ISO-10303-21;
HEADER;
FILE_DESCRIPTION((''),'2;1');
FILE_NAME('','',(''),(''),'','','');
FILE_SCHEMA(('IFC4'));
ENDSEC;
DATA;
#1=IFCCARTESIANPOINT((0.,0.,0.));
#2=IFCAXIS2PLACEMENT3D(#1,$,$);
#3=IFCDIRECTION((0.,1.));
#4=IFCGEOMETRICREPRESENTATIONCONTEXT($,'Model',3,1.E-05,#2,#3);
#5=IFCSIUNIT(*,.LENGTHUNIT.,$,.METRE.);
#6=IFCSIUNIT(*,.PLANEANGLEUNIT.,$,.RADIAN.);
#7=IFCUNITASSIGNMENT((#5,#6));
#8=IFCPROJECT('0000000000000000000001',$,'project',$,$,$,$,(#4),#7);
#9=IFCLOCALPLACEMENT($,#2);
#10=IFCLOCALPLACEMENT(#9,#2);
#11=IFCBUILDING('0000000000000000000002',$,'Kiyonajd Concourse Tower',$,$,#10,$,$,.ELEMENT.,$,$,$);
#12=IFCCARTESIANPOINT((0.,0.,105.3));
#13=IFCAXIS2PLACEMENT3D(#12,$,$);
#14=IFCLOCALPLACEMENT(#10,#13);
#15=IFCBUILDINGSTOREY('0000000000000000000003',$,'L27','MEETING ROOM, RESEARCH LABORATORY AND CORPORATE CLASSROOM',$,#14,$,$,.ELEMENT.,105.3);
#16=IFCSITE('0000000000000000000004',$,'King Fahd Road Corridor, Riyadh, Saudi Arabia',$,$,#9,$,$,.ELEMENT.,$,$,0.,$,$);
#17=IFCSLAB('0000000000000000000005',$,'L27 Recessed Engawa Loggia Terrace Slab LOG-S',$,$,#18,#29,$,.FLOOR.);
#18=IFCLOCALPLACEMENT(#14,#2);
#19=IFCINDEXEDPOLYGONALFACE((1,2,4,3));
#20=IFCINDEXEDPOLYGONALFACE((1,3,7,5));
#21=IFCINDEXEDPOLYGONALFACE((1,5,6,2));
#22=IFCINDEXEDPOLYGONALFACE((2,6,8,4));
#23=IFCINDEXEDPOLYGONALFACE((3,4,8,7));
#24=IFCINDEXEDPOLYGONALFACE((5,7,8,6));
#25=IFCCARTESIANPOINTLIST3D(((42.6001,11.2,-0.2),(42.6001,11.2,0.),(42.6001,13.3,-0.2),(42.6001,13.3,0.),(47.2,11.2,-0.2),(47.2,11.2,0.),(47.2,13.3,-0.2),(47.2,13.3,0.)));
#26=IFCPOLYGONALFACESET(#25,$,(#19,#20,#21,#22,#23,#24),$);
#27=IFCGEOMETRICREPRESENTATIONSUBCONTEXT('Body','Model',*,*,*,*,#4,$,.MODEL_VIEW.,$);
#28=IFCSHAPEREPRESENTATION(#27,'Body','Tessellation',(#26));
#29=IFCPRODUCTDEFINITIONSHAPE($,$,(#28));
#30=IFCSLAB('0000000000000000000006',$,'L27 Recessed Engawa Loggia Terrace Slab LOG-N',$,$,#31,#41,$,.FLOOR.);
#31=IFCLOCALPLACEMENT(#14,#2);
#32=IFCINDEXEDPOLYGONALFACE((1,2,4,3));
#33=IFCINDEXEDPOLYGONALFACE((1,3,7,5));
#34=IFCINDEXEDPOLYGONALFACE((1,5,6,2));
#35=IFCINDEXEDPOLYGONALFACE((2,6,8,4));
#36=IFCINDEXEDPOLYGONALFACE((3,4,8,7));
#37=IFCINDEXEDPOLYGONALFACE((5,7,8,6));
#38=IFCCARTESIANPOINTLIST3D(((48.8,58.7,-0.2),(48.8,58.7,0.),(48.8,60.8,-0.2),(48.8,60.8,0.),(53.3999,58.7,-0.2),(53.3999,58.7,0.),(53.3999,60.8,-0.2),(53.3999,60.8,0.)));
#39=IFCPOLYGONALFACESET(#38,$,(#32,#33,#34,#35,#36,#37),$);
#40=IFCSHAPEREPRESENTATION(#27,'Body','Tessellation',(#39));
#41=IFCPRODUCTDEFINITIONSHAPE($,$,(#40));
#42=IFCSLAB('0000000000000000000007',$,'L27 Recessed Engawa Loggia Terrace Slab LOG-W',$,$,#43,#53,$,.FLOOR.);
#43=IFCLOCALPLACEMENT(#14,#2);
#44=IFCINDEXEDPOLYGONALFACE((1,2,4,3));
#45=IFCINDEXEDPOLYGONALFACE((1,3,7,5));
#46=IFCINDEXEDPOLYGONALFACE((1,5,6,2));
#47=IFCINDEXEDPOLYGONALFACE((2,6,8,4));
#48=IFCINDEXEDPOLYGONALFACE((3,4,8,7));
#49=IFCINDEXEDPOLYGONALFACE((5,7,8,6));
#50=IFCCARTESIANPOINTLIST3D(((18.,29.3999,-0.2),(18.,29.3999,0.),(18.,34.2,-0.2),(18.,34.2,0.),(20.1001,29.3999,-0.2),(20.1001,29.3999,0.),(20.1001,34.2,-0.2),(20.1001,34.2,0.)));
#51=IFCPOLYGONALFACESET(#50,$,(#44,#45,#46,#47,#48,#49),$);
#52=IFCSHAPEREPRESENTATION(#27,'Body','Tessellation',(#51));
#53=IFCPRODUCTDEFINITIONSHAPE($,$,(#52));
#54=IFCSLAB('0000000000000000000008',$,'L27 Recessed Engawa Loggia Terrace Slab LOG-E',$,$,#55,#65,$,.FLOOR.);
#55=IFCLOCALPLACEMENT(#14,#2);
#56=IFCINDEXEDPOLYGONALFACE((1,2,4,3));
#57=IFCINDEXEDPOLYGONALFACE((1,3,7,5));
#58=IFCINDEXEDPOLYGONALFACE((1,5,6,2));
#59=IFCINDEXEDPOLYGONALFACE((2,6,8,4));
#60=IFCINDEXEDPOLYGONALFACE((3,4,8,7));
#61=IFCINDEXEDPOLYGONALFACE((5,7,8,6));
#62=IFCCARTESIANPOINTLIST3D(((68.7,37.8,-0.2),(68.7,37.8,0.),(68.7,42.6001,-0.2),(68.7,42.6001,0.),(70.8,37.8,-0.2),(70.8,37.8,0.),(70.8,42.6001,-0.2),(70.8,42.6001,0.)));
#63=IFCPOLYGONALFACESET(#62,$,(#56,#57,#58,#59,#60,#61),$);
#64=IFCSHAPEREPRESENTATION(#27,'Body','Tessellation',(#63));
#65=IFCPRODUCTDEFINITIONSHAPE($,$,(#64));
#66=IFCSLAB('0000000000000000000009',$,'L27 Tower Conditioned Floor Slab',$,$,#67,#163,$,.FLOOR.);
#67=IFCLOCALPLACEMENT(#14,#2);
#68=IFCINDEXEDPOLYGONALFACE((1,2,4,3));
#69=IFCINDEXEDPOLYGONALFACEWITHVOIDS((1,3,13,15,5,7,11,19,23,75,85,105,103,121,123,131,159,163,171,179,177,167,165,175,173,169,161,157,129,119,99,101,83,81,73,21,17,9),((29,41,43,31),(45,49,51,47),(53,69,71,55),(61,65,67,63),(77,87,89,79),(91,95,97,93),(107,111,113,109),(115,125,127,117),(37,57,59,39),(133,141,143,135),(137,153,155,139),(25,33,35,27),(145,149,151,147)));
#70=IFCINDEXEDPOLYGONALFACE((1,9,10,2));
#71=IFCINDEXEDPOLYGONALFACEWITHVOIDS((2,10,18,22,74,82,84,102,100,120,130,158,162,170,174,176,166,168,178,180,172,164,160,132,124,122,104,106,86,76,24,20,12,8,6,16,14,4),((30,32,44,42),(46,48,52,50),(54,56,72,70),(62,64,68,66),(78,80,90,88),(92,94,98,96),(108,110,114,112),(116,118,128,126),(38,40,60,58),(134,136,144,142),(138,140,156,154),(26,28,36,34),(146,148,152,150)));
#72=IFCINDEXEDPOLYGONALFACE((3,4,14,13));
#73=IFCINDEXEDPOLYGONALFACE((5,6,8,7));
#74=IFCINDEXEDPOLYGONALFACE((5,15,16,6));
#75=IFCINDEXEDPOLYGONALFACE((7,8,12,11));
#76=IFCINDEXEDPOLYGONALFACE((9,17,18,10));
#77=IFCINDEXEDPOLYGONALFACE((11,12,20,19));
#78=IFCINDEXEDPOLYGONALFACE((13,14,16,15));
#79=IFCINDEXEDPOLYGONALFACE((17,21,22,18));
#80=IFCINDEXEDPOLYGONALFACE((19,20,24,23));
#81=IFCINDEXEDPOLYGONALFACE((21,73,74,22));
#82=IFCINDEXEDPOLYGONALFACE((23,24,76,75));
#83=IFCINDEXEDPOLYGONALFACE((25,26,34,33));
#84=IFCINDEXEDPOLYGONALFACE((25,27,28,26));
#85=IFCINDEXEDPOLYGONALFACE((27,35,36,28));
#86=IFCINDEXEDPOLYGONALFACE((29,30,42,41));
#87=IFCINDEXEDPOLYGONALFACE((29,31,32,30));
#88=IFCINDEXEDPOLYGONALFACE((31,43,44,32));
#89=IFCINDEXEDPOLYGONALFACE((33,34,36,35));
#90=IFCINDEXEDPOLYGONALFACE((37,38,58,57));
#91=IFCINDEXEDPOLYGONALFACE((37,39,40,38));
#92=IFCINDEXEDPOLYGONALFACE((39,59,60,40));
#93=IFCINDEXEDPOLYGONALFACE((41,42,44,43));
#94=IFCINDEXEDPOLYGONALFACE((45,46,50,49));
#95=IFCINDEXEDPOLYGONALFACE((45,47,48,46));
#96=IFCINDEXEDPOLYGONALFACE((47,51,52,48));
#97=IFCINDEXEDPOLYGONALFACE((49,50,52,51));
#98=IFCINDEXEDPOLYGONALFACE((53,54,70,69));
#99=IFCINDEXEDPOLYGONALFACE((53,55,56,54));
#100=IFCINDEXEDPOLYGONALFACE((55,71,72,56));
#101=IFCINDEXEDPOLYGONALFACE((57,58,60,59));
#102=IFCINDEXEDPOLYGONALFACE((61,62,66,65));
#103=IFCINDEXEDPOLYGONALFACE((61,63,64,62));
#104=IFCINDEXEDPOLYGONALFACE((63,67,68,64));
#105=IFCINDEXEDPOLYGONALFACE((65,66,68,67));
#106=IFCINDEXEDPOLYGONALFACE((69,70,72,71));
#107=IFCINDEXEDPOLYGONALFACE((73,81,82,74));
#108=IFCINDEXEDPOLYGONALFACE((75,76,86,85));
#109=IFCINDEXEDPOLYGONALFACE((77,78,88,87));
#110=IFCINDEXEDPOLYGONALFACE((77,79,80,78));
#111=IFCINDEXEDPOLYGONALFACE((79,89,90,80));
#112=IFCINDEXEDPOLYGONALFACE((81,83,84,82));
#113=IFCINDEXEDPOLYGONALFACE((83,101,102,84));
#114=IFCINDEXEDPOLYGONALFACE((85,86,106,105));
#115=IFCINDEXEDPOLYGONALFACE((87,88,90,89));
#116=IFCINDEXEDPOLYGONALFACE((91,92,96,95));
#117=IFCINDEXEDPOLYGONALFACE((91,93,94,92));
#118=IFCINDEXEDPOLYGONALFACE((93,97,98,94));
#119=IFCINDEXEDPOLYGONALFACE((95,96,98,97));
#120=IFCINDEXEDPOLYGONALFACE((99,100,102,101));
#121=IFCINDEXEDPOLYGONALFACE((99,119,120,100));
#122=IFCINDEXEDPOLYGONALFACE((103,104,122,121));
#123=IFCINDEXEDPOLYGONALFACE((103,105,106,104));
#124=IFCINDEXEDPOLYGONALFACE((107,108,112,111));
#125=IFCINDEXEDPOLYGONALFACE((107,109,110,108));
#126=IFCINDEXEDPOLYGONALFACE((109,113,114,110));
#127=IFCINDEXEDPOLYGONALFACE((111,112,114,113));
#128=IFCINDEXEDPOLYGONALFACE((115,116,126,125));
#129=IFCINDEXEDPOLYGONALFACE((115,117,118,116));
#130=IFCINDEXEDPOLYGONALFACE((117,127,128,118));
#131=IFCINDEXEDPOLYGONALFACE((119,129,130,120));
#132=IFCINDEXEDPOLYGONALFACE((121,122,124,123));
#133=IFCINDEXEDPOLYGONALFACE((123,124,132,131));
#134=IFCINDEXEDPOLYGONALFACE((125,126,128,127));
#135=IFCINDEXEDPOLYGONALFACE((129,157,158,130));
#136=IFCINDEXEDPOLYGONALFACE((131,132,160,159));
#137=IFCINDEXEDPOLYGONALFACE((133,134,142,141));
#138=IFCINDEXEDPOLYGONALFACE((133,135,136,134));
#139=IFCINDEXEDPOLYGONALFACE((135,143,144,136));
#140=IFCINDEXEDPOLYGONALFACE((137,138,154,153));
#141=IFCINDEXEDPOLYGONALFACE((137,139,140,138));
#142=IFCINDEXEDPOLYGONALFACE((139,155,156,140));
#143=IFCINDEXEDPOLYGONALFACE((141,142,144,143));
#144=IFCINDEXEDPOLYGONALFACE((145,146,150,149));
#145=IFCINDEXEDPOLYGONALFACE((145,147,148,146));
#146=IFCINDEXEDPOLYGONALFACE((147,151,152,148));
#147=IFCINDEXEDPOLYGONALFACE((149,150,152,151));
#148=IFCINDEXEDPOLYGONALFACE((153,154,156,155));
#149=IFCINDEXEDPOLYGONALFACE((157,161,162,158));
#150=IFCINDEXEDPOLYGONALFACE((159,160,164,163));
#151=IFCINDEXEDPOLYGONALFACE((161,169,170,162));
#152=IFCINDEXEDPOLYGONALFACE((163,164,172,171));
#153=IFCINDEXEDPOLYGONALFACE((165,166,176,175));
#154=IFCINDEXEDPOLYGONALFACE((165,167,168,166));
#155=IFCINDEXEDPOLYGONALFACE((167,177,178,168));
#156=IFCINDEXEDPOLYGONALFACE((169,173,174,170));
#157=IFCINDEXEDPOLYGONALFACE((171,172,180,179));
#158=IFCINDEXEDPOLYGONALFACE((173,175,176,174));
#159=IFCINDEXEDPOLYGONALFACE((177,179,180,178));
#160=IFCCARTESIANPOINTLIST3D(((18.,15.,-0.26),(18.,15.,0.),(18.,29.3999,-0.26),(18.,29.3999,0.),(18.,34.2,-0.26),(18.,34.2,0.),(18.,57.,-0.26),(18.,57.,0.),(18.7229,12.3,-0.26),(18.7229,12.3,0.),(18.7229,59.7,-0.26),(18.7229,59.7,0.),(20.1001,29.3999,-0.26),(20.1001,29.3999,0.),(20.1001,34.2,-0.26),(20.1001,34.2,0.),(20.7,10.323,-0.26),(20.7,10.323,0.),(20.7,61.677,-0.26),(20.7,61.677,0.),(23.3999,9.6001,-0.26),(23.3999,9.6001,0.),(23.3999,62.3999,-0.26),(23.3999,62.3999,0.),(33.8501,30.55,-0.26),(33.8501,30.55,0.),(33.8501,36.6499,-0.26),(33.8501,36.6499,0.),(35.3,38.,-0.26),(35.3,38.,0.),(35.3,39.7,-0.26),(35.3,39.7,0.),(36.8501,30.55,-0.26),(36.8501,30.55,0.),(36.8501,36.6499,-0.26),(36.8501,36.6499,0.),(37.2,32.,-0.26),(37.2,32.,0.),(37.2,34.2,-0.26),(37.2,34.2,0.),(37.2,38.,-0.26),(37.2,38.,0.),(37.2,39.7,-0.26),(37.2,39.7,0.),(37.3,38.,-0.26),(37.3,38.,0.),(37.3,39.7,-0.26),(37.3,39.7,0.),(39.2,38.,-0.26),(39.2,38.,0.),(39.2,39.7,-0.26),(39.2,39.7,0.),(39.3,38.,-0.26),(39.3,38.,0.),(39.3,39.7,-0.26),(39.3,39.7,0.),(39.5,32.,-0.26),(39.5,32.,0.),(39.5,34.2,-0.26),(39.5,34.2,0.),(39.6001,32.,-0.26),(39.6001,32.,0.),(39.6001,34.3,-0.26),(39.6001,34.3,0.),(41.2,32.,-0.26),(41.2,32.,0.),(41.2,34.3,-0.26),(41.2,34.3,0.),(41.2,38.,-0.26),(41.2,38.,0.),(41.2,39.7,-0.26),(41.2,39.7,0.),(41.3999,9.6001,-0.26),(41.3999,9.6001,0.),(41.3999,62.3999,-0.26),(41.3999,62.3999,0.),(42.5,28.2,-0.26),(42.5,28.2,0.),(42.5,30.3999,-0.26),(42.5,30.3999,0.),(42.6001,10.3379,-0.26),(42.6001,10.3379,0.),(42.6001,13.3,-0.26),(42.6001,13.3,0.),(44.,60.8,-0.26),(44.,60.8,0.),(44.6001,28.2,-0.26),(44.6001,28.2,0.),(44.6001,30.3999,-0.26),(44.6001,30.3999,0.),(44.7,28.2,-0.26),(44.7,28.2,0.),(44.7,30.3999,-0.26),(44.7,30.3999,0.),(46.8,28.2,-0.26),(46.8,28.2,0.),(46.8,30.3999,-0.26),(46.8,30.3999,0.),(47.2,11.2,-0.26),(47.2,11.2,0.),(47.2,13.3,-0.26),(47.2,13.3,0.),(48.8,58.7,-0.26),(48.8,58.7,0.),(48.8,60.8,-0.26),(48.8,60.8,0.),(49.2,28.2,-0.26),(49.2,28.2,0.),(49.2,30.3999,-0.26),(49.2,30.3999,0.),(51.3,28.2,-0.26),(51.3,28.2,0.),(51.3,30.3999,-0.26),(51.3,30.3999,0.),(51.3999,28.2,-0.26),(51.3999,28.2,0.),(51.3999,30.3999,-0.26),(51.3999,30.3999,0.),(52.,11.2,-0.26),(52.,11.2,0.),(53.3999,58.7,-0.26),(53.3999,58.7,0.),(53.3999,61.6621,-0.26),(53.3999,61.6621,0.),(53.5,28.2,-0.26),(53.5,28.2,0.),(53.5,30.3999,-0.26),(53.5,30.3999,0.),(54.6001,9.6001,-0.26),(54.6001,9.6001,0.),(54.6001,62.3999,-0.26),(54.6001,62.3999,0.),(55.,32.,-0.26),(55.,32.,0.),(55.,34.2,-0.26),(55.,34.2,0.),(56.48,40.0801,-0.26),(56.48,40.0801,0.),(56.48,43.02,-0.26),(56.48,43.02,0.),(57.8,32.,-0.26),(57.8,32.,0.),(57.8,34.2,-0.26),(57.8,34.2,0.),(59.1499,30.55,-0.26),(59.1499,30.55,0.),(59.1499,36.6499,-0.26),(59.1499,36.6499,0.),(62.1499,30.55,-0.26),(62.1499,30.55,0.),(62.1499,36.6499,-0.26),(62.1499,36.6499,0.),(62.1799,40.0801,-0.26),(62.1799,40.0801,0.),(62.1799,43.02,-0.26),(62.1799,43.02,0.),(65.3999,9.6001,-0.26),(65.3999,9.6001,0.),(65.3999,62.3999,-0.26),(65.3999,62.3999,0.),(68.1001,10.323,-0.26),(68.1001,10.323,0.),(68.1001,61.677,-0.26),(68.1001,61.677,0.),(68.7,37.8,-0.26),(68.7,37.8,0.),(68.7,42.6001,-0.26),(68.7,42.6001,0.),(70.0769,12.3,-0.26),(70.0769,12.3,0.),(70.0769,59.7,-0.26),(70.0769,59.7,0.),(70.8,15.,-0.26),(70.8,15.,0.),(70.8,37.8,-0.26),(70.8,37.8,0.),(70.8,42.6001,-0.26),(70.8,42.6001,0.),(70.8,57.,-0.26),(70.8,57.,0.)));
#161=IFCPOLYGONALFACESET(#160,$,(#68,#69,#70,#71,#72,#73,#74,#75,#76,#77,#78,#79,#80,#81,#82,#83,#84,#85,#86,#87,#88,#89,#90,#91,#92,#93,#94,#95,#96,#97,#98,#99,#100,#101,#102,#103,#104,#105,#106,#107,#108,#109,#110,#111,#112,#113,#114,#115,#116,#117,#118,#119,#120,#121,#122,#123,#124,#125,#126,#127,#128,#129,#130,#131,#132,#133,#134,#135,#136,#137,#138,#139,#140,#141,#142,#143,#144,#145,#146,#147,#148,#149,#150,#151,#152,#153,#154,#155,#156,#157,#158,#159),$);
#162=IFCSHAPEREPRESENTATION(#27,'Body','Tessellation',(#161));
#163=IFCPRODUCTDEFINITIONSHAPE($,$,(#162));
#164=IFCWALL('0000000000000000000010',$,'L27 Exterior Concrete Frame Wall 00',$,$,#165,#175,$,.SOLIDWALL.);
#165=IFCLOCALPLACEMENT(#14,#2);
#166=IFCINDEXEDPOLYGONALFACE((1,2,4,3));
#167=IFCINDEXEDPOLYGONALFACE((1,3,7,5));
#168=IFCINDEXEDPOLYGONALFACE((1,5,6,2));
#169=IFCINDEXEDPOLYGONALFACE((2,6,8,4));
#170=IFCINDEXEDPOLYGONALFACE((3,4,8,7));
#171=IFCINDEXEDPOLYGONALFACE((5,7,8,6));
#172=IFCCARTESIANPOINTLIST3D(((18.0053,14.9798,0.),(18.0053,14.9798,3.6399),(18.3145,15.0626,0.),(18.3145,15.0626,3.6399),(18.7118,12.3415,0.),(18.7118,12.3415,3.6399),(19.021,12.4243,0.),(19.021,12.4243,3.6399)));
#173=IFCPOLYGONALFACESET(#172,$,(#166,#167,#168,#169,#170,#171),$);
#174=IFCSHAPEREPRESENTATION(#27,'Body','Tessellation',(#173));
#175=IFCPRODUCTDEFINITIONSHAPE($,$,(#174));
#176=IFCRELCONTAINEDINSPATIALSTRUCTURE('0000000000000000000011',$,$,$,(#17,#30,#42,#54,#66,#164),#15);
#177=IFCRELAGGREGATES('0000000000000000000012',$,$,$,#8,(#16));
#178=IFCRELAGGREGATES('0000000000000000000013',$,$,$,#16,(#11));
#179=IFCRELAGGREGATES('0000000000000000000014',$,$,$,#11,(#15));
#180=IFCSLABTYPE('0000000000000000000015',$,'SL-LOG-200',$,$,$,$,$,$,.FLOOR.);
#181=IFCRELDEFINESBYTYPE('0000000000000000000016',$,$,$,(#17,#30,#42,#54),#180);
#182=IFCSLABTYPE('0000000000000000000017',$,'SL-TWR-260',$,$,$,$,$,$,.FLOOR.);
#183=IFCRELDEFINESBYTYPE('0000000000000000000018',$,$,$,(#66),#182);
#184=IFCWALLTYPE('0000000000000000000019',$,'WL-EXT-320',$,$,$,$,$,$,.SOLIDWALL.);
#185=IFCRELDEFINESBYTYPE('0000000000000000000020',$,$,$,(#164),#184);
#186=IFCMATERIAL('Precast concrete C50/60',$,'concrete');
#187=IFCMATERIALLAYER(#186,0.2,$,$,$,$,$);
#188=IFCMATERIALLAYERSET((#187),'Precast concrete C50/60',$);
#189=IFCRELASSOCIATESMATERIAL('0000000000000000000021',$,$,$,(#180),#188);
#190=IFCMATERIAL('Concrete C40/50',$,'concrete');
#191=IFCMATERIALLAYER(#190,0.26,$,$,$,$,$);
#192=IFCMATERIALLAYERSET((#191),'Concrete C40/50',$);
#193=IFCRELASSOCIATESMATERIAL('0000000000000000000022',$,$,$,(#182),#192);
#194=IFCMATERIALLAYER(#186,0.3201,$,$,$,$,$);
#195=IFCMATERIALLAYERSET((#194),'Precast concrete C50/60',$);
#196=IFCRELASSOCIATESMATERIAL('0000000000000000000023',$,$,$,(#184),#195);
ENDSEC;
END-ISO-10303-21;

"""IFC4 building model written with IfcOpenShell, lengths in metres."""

from ifc_helpers import new_model, si_unit, direction, frame, frame_2d, origin, place, context, subcontext, project, spatial, polyline, rectangle, outline, extrude, material, layer, layer_set, type_object, element, save


model = new_model("IFC4")

# Units and contexts
model_context = context("Model", 3, precision=1e-05, world=origin(), true_north=direction((0.0, 1.0)))
body_context = subcontext(model_context, "Body", "Model", "MODEL_VIEW")
ifc_project = project(units=[si_unit("LENGTHUNIT", "METRE"), si_unit("PLANEANGLEUNIT", "RADIAN")], contexts=[model_context])

# Site, building, storey
site_placement = place(None, origin())
site = spatial("IfcSite", under=ifc_project, at=site_placement, Name="King Fahd Road Corridor, Riyadh, Saudi Arabia", CompositionType="ELEMENT", RefElevation=0.0)
building_placement = place(site_placement, origin())
building = spatial("IfcBuilding", under=site, at=building_placement, Name="Kiyonajd Concourse Tower", CompositionType="ELEMENT")
storey_placement = place(building_placement, frame((0.0, 0.0, 105.3)))
storey = spatial("IfcBuildingStorey", under=building, at=storey_placement, Name="L27", Description="MEETING ROOM, RESEARCH LABORATORY AND CORPORATE CLASSROOM", CompositionType="ELEMENT", Elevation=105.3)

# Shared definitions
ifc_material_1 = material(Name="Precast concrete C50/60", Category="concrete")

# Shared definitions
ifc_material_2 = material(Name="Concrete C40/50", Category="concrete")

# Slabs
ifc_layer_1 = layer(ifc_material_1, 0.2)
ifc_layer_set_1 = layer_set([ifc_layer_1], Name="Precast concrete C50/60")
slab_type_1 = type_object("IfcSlabType", Name="SL-LOG-200", PredefinedType="FLOOR", material=ifc_layer_set_1)
slab_1_placement = place(storey_placement, frame((0.0, 0.0, -0.2)))
element("IfcSlab", 1, at=slab_1_placement, inside=storey, type_object=slab_type_1, Name="L27 Recessed Engawa Loggia Terrace Slab LOG-S", PredefinedType="FLOOR", context=body_context, shape_type="SweptSolid", body=[
    extrude(outline(polyline([(42.6001, 11.2), (47.2, 11.2), (47.2, 13.3), (42.6001, 13.3), (42.6001, 11.2)])), origin(), (0.0, 0.0, 1.0), 0.2),
])
slab_2_placement = place(storey_placement, frame((0.0, 0.0, -0.2)))
element("IfcSlab", 2, at=slab_2_placement, inside=storey, type_object=slab_type_1, Name="L27 Recessed Engawa Loggia Terrace Slab LOG-N", PredefinedType="FLOOR", context=body_context, shape_type="SweptSolid", body=[
    extrude(outline(polyline([(48.8, 58.7), (53.3999, 58.7), (53.3999, 60.8), (48.8, 60.8), (48.8, 58.7)])), origin(), (0.0, 0.0, 1.0), 0.2),
])
slab_3_placement = place(storey_placement, frame((0.0, 0.0, -0.2)))
element("IfcSlab", 3, at=slab_3_placement, inside=storey, type_object=slab_type_1, Name="L27 Recessed Engawa Loggia Terrace Slab LOG-W", PredefinedType="FLOOR", context=body_context, shape_type="SweptSolid", body=[
    extrude(outline(polyline([(18.0, 29.3999), (20.1001, 29.3999), (20.1001, 34.2), (18.0, 34.2), (18.0, 29.3999)])), origin(), (0.0, 0.0, 1.0), 0.2),
])
slab_4_placement = place(storey_placement, frame((0.0, 0.0, -0.2)))
element("IfcSlab", 4, at=slab_4_placement, inside=storey, type_object=slab_type_1, Name="L27 Recessed Engawa Loggia Terrace Slab LOG-E", PredefinedType="FLOOR", context=body_context, shape_type="SweptSolid", body=[
    extrude(outline(polyline([(68.7, 37.8), (70.8, 37.8), (70.8, 42.6001), (68.7, 42.6001), (68.7, 37.8)])), origin(), (0.0, 0.0, 1.0), 0.2),
])
ifc_layer_2 = layer(ifc_material_2, 0.26)
ifc_layer_set_2 = layer_set([ifc_layer_2], Name="Concrete C40/50")
slab_type_2 = type_object("IfcSlabType", Name="SL-TWR-260", PredefinedType="FLOOR", material=ifc_layer_set_2)
slab_5_placement = place(storey_placement, frame((0.0, 0.0, -0.26)))
element("IfcSlab", 5, at=slab_5_placement, inside=storey, type_object=slab_type_2, Name="L27 Tower Conditioned Floor Slab", PredefinedType="FLOOR", context=body_context, shape_type="SweptSolid", body=[
    extrude(outline(polyline([(18.7229, 12.3), (18.0, 15.0), (18.0, 29.3999), (20.1001, 29.3999), (20.1001, 34.2), (18.0, 34.2), (18.0, 57.0), (18.7229, 59.7), (20.7, 61.677), (23.3999, 62.3999), (41.3999, 62.3999), (44.0, 60.8), (48.8, 60.8), (48.8, 58.7), (53.3999, 58.7), (53.3999, 61.6621), (54.6001, 62.3999), (65.3999, 62.3999), (68.1001, 61.677), (70.0769, 59.7), (70.8, 57.0), (70.8, 42.6001), (68.7, 42.6001), (68.7, 37.8), (70.8, 37.8), (70.8, 15.0), (70.0769, 12.3), (68.1001, 10.323), (65.3999, 9.6001), (54.6001, 9.6001), (52.0, 11.2), (47.2, 11.2), (47.2, 13.3), (42.6001, 13.3), (42.6001, 10.3379), (41.3999, 9.6001), (23.3999, 9.6001), (20.7, 10.323), (18.7229, 12.3)]), holes=[polyline([(44.6001, 28.2), (42.5, 28.2), (42.5, 30.3999), (44.6001, 30.3999), (44.6001, 28.2)]), polyline([(37.2, 32.0), (37.2, 34.2), (39.5, 34.2), (39.5, 32.0), (37.2, 32.0)]), polyline([(39.6001, 32.0), (39.6001, 34.3), (41.2, 34.3), (41.2, 32.0), (39.6001, 32.0)]), polyline([(36.8501, 30.55), (33.8501, 30.55), (33.8501, 36.6499), (36.8501, 36.6499), (36.8501, 30.55)]), polyline([(35.3, 38.0), (35.3, 39.7), (37.2, 39.7), (37.2, 38.0), (35.3, 38.0)]), polyline([(37.3, 38.0), (37.3, 39.7), (39.2, 39.7), (39.2, 38.0), (37.3, 38.0)]), polyline([(41.2, 38.0), (39.3, 38.0), (39.3, 39.7), (41.2, 39.7), (41.2, 38.0)]), polyline([(44.7, 28.2), (44.7, 30.3999), (46.8, 30.3999), (46.8, 28.2), (44.7, 28.2)]), polyline([(49.2, 28.2), (49.2, 30.3999), (51.3, 30.3999), (51.3, 28.2), (49.2, 28.2)]), polyline([(51.3999, 28.2), (51.3999, 30.3999), (53.5, 30.3999), (53.5, 28.2), (51.3999, 28.2)]), polyline([(55.0, 32.0), (55.0, 34.2), (57.8, 34.2), (57.8, 32.0), (55.0, 32.0)]), polyline([(59.1499, 30.55), (59.1499, 36.6499), (62.1499, 36.6499), (62.1499, 30.55), (59.1499, 30.55)]), polyline([(56.48, 43.02), (62.1799, 43.02), (62.1799, 40.0801), (56.48, 40.0801), (56.48, 43.02)])]), origin(), (0.0, 0.0, 1.0), 0.26),
])

# Wall
ifc_layer_3 = layer(ifc_material_1, 0.3201)
ifc_layer_set_3 = layer_set([ifc_layer_3], Name="Precast concrete C50/60")
wall_type_1 = type_object("IfcWallType", Name="WL-EXT-320", PredefinedType="SOLIDWALL", material=ifc_layer_set_3)
wall_1_placement = place(storey_placement, frame((18.8665, 12.3828, 0.0), z_axis=(0.0, 0.0, 1.0), x_axis=(-0.258697, 0.965958, 0.0)))
element("IfcWall", 6, at=wall_1_placement, inside=storey, type_object=wall_type_1, Name="L27 Exterior Concrete Frame Wall 00", PredefinedType="SOLIDWALL", context=body_context, shape_type="SweptSolid", body=[
    extrude(rectangle(XDim=2.7312, YDim=0.3201, at=frame_2d((1.3657, 0.0))), origin(), (0.0, 0.0, 1.0), 3.6399),
])

save(model, "model.ifc")
